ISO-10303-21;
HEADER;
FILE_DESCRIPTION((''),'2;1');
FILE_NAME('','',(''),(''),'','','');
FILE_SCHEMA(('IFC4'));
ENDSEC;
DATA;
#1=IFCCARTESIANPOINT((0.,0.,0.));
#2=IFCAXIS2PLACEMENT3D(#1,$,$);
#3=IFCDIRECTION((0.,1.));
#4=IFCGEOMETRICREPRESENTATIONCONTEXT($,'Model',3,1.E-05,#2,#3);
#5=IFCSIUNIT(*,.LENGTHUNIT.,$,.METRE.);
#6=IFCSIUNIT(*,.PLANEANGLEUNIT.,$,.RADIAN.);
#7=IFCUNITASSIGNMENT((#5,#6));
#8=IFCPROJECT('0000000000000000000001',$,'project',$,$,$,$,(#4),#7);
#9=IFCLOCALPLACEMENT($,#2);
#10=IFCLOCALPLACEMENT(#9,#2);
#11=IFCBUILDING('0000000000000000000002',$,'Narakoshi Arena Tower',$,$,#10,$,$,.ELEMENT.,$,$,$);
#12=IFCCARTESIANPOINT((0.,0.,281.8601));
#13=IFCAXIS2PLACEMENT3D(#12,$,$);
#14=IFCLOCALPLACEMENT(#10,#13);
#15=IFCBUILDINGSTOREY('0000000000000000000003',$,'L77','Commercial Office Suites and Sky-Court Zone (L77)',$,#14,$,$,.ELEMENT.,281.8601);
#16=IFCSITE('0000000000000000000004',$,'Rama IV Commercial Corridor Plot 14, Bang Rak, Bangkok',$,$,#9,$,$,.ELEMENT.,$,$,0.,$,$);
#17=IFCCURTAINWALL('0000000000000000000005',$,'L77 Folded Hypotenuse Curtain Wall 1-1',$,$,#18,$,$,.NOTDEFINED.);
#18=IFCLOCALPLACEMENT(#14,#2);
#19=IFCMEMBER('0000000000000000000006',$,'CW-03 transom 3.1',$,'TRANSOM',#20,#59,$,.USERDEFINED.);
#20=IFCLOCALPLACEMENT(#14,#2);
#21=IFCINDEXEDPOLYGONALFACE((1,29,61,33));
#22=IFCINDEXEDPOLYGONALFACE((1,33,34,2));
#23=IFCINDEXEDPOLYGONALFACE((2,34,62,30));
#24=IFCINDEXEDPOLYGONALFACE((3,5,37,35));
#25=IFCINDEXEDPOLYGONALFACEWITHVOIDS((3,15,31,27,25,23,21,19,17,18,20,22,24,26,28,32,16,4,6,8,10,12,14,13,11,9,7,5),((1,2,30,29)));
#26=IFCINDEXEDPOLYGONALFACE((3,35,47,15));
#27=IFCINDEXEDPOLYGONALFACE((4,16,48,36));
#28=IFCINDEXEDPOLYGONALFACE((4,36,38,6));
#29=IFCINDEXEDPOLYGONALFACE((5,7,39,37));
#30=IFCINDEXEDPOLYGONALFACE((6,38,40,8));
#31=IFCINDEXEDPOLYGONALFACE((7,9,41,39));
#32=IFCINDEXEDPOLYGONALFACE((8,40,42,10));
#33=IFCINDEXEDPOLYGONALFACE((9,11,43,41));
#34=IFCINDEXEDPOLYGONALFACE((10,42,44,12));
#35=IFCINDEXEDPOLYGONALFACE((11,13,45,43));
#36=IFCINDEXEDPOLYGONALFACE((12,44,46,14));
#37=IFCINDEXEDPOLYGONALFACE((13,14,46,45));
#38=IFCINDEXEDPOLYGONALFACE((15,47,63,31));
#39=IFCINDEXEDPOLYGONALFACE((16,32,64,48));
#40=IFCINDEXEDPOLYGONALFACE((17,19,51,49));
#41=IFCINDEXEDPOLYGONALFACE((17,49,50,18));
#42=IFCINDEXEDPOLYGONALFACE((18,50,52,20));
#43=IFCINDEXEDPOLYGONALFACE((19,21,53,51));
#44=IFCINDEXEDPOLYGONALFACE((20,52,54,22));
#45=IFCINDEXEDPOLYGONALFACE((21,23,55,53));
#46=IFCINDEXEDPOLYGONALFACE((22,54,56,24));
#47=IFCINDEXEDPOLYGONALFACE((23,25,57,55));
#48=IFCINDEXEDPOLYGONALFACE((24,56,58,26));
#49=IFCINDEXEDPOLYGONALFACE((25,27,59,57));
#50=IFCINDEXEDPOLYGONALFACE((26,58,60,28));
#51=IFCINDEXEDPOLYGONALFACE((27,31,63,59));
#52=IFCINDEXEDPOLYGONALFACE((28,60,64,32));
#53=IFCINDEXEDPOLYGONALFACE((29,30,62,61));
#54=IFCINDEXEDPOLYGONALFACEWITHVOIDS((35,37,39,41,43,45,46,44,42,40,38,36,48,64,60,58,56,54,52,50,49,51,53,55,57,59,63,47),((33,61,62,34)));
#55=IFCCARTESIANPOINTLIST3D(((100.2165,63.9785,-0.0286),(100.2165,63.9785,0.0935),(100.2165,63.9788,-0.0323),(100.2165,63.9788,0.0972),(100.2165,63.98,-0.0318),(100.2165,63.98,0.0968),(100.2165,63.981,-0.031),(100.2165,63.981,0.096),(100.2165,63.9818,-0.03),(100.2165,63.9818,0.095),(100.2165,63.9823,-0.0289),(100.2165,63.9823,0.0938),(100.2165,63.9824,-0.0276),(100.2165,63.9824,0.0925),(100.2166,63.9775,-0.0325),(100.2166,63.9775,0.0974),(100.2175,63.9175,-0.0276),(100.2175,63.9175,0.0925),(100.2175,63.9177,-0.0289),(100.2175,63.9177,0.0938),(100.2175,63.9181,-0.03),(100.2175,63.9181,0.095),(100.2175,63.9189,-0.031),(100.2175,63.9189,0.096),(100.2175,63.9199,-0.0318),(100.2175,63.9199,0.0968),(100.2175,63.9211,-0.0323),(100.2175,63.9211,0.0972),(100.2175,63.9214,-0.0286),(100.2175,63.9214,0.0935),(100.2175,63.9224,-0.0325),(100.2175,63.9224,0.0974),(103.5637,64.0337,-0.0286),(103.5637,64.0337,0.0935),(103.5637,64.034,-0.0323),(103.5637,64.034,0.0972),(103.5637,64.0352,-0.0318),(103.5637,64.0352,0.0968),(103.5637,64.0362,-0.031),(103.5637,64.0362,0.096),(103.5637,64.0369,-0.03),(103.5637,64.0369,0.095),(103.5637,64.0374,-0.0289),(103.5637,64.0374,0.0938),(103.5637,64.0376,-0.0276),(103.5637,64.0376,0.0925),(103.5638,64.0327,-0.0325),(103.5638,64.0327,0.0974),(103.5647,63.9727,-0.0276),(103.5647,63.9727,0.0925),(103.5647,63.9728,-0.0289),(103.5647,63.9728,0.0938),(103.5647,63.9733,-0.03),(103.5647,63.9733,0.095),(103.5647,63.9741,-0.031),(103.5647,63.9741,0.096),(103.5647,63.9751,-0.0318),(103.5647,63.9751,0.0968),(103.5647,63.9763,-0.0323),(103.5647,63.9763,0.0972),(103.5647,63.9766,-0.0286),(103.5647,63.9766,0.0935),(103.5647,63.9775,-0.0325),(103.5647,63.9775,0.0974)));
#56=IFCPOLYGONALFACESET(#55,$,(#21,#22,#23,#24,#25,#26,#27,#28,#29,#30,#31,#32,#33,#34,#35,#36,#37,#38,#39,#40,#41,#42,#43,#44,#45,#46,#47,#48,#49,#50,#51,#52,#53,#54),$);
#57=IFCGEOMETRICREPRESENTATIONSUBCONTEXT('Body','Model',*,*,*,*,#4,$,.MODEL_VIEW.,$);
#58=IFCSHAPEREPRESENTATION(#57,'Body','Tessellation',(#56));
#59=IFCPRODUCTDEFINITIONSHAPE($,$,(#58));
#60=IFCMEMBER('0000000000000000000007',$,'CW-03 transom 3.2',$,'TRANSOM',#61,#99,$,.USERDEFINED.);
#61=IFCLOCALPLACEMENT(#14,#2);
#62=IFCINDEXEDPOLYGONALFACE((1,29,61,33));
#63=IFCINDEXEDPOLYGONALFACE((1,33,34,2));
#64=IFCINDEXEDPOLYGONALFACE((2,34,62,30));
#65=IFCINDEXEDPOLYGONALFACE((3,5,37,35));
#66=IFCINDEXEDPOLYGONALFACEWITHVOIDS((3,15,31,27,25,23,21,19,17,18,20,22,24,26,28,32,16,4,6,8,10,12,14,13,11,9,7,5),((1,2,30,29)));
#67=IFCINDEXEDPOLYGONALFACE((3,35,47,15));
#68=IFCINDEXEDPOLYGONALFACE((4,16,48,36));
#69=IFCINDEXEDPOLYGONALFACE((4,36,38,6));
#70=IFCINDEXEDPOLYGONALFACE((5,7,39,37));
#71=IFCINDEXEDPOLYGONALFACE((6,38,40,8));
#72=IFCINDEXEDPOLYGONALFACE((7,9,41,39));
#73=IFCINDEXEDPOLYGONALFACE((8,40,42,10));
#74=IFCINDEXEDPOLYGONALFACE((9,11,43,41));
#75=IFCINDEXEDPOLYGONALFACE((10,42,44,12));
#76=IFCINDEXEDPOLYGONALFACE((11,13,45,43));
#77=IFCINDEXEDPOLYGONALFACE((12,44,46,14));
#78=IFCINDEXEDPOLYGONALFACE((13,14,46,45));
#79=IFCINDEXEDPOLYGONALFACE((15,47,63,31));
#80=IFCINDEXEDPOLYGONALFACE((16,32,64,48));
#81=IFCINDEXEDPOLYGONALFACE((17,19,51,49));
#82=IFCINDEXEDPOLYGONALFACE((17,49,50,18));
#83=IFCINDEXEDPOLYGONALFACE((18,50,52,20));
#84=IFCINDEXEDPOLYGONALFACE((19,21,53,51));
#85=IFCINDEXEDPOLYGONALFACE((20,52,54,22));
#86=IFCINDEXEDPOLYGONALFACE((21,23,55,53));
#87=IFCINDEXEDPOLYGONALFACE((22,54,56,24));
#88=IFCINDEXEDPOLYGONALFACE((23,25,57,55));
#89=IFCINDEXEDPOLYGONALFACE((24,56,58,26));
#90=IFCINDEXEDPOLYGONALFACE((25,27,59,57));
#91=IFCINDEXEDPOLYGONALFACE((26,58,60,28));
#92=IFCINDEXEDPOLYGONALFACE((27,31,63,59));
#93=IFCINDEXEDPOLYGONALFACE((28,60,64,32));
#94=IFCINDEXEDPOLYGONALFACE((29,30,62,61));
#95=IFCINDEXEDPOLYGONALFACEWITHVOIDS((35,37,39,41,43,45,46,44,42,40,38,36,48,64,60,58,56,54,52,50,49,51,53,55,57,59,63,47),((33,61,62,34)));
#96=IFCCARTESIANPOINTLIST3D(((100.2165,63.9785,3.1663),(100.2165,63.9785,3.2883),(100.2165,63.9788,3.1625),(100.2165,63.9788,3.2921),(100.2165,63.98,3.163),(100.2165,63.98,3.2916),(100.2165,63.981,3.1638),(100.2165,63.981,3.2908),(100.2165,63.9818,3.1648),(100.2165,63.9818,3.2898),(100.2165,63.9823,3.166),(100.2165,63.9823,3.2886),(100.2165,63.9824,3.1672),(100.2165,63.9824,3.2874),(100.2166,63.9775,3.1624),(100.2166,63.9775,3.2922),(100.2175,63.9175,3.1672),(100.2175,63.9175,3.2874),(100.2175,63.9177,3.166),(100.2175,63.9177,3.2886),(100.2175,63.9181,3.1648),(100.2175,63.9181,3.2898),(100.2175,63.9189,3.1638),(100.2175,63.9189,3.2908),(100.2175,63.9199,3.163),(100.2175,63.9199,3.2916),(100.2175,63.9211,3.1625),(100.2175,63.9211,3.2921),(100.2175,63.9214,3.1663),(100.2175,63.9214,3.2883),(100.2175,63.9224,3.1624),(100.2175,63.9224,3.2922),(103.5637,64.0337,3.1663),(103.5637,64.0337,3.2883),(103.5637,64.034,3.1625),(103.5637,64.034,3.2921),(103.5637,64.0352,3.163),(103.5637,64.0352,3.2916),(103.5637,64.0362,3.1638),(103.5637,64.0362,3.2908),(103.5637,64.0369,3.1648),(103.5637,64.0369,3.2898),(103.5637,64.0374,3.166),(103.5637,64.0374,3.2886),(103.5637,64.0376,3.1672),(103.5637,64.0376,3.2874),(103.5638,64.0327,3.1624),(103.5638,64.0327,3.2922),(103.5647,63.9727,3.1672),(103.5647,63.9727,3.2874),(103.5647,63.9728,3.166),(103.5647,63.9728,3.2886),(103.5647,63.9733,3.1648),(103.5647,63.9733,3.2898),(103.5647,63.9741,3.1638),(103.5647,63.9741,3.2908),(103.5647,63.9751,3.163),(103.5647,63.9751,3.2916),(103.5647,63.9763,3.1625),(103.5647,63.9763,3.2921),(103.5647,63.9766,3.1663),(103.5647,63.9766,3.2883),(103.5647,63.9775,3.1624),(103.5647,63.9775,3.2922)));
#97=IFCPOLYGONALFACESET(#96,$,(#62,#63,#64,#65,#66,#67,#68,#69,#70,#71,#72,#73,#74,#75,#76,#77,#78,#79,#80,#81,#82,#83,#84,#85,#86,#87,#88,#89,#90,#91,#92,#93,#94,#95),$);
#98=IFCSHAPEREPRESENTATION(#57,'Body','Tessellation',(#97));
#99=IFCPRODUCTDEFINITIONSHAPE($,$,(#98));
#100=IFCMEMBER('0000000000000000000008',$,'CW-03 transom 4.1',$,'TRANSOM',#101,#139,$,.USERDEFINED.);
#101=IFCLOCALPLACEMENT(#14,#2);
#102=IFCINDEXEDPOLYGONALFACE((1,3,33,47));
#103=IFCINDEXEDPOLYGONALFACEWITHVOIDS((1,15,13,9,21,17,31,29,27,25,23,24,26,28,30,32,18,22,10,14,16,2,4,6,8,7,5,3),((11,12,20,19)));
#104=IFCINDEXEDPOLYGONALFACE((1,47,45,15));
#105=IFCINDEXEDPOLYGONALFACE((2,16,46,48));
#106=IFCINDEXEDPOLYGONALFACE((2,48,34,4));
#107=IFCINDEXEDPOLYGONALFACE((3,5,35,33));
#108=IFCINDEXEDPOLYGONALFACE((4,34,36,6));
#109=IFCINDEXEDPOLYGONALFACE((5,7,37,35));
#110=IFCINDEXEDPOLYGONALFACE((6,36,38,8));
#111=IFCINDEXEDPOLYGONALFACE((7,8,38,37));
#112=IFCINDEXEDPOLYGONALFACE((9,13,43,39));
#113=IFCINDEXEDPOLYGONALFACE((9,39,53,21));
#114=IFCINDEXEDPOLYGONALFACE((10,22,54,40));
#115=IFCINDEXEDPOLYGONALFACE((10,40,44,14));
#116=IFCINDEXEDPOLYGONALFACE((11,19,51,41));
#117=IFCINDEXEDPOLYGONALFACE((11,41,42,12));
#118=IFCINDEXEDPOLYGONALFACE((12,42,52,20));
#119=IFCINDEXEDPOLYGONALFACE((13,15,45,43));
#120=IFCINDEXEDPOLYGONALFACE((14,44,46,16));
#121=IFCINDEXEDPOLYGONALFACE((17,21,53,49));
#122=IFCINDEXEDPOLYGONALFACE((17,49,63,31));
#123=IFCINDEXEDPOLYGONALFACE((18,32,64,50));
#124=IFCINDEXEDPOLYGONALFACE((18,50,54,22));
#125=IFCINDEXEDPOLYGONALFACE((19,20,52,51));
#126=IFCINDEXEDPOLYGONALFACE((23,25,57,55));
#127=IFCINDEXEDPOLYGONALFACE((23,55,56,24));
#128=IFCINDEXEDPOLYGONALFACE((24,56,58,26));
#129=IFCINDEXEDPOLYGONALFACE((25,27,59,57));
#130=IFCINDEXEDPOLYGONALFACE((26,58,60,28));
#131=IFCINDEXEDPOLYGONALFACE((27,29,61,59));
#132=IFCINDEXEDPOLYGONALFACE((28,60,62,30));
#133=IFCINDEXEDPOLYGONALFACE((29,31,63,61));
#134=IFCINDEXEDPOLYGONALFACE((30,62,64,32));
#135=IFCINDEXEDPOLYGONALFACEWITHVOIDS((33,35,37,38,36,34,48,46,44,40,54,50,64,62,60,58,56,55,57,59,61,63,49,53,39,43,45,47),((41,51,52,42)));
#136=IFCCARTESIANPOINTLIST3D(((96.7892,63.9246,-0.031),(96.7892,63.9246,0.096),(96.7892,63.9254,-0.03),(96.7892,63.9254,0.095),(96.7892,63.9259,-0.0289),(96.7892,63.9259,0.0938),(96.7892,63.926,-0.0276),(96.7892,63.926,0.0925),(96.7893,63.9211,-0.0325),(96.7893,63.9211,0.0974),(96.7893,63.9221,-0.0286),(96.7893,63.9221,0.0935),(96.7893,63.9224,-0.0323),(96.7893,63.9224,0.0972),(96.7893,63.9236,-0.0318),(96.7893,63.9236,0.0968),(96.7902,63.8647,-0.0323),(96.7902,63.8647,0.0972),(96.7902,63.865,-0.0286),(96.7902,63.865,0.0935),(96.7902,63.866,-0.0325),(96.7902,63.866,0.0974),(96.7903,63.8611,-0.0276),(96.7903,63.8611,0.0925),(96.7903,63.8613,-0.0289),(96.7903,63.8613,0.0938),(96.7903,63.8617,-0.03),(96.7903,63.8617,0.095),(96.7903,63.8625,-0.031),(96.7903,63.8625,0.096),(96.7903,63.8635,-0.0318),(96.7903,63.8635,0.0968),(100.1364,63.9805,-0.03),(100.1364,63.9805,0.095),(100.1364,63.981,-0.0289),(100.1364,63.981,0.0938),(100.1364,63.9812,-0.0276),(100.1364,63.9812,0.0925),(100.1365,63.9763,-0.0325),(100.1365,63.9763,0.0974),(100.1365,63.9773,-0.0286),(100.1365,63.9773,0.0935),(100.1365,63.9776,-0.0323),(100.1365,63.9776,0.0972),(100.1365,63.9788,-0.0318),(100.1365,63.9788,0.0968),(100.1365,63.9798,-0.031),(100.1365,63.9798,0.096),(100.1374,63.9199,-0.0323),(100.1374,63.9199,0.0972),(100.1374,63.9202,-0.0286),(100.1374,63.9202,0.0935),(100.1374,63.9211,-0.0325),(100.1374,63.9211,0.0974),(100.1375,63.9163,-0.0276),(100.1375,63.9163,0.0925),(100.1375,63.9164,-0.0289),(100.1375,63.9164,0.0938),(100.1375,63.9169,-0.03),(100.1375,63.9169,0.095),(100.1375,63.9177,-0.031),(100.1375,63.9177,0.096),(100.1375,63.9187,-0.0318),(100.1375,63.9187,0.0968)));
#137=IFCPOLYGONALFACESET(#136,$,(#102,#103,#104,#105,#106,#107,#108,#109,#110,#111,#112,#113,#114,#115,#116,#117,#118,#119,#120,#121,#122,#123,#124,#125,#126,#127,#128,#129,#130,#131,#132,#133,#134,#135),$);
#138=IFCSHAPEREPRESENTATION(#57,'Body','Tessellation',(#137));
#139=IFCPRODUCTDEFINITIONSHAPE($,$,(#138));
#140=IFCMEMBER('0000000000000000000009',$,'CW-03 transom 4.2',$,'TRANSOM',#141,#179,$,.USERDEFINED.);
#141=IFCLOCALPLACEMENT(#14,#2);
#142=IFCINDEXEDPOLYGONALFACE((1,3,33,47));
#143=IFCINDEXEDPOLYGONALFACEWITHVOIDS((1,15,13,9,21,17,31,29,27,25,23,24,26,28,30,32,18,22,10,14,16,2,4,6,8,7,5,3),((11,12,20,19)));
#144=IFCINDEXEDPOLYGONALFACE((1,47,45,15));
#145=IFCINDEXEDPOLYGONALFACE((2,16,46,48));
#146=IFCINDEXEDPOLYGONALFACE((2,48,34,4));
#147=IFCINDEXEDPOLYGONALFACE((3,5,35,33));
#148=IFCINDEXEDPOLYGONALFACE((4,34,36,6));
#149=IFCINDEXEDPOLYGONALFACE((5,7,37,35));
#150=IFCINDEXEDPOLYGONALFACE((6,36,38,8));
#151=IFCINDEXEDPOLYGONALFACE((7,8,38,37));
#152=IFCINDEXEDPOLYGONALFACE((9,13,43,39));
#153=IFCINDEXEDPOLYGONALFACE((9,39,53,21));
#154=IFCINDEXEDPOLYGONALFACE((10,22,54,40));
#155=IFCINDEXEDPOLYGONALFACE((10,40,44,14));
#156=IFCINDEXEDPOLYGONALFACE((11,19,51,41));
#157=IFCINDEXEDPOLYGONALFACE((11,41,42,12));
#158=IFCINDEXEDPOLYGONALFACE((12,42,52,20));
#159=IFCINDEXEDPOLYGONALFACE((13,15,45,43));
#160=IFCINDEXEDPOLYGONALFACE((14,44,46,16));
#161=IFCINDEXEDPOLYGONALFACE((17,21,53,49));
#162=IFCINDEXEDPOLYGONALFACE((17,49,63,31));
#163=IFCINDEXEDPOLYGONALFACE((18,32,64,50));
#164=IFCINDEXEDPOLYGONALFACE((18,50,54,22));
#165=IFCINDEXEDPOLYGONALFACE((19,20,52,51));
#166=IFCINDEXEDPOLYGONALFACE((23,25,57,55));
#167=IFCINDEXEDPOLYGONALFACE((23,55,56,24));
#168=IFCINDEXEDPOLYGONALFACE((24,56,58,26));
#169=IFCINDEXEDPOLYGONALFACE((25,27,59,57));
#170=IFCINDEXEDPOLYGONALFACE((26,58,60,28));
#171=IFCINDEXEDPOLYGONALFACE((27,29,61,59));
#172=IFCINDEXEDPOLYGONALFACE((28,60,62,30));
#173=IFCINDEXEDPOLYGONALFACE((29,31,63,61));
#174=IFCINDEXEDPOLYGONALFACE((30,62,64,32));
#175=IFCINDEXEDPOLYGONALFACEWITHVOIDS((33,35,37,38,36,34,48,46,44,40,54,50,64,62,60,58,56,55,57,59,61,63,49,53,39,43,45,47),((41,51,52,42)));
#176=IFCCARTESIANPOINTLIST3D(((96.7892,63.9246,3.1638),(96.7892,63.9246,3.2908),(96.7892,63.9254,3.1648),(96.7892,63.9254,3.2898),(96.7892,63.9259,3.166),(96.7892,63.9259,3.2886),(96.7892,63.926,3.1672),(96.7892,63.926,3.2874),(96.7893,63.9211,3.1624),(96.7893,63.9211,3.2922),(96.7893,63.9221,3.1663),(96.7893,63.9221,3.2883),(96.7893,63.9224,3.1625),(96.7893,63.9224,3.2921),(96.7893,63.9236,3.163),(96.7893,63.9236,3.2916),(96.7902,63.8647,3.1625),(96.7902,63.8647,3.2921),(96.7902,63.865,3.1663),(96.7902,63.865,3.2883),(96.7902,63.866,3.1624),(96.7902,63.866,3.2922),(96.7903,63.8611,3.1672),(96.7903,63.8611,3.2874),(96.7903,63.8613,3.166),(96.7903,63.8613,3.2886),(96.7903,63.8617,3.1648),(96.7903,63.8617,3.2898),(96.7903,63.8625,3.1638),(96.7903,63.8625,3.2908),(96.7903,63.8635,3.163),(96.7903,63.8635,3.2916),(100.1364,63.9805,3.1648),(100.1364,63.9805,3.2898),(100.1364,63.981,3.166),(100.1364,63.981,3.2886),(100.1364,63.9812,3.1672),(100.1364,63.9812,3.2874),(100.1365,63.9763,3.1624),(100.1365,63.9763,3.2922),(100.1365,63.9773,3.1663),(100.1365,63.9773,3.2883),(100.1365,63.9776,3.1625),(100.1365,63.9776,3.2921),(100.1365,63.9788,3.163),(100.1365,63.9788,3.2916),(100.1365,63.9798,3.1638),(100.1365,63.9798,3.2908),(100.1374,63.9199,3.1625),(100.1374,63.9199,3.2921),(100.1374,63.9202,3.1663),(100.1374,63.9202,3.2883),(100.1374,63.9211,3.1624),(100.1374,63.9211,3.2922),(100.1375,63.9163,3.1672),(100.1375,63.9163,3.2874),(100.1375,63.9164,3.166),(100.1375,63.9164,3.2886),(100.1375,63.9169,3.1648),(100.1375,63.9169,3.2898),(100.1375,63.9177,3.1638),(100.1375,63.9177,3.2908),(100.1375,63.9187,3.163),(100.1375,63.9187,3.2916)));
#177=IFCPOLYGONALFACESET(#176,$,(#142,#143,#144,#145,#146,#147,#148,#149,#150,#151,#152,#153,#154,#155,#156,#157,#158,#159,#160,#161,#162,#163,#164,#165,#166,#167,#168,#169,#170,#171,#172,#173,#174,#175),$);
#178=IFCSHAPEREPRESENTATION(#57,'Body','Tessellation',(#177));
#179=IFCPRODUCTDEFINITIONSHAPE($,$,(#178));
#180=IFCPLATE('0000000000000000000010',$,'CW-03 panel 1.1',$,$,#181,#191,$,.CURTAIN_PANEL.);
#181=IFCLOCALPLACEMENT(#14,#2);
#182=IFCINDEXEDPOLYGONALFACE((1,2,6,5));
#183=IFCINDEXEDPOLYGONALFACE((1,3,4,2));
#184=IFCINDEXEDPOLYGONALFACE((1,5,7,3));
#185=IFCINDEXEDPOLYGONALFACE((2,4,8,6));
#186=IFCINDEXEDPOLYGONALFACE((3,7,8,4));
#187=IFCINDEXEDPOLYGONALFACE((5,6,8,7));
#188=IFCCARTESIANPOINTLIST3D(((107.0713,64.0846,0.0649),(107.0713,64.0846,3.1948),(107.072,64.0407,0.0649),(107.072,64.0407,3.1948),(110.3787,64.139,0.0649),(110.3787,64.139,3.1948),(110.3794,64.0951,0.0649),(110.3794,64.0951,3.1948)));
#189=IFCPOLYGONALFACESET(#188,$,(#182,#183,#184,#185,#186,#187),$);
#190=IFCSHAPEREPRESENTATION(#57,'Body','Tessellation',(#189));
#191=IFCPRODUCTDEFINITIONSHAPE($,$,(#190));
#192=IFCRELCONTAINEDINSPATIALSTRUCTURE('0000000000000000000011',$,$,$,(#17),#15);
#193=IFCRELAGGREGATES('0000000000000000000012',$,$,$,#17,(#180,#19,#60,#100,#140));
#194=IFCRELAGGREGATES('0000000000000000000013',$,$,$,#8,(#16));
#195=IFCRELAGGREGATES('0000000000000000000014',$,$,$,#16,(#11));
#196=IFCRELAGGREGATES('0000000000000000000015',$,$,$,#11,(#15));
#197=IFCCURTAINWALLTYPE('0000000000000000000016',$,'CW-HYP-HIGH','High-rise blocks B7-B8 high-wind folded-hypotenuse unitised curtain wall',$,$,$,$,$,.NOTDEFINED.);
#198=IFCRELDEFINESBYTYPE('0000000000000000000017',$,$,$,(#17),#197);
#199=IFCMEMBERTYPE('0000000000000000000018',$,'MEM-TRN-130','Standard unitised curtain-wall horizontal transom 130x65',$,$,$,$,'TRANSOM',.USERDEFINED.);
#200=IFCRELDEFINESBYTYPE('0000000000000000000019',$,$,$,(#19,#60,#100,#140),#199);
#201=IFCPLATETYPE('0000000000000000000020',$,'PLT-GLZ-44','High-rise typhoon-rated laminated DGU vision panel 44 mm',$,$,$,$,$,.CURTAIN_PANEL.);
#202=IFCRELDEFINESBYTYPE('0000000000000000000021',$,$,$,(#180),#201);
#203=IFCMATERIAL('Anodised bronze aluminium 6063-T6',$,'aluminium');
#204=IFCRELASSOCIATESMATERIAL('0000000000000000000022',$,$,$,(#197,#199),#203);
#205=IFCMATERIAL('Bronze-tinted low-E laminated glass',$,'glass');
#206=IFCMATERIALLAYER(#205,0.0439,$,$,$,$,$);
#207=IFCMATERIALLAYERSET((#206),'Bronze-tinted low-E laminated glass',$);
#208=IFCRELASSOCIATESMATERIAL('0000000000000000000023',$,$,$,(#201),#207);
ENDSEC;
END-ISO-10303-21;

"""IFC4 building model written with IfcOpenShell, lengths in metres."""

from ifc_helpers import new_model, si_unit, direction, frame, origin, origin_2d, place, context, subcontext, project, spatial, rectangle, hollow_rectangle, extrude, material, layer, layer_set, material_profile, profile_set, type_object, element, aggregate, save


model = new_model("IFC4")

# Units and contexts
model_context = context("Model", 3, precision=1e-05, world=origin(), true_north=direction((0.0, 1.0)))
body_context = subcontext(model_context, "Body", "Model", "MODEL_VIEW")
ifc_project = project(units=[si_unit("LENGTHUNIT", "METRE"), si_unit("PLANEANGLEUNIT", "RADIAN")], contexts=[model_context])

# Site, building, storey
site_placement = place(None, origin())
site = spatial("IfcSite", under=ifc_project, at=site_placement, Name="Rama IV Commercial Corridor Plot 14, Bang Rak, Bangkok", CompositionType="ELEMENT", RefElevation=0.0)
building_placement = place(site_placement, origin())
building = spatial("IfcBuilding", under=site, at=building_placement, Name="Narakoshi Arena Tower", CompositionType="ELEMENT")
storey_placement = place(building_placement, frame((0.0, 0.0, 281.8601)))
storey = spatial("IfcBuildingStorey", under=building, at=storey_placement, Name="L77", Description="Commercial Office Suites and Sky-Court Zone (L77)", CompositionType="ELEMENT", Elevation=281.8601)

# Curtain wall, members, plate
ifc_material_1 = material(Name="Anodised bronze aluminium 6063-T6", Category="aluminium")
curtain_wall_type = type_object("IfcCurtainWallType", Name="CW-HYP-HIGH", Description="High-rise blocks B7-B8 high-wind folded-hypotenuse unitised curtain wall", PredefinedType="NOTDEFINED", material=ifc_material_1)
curtain_wall_placement = place(storey_placement, origin())
curtain_wall = element("IfcCurtainWall", 1, at=curtain_wall_placement, inside=storey, type_object=curtain_wall_type, Name="L77 Folded Hypotenuse Curtain Wall 1-1", PredefinedType="NOTDEFINED")
ifc_material_profile_1 = material_profile(ifc_material_1, hollow_rectangle(XDim=0.0649, YDim=0.1299, WallThickness=0.0039, OuterFilletRadius=0.0049, at=origin_2d()), Name="TRN130x65x4")
ifc_profile_set_1 = profile_set([ifc_material_profile_1], Name="Anodised bronze aluminium 6063-T6")
member_type_1 = type_object("IfcMemberType", Name="MEM-TRN-130", Description="Standard unitised curtain-wall horizontal transom 130x65", ElementType="TRANSOM", PredefinedType="USERDEFINED", material=ifc_profile_set_1)
member_1_placement = place(storey_placement, frame((103.5642, 64.0051, 0.0325), z_axis=(-0.999864, -0.016482, 0.0), x_axis=(0.016482, -0.999864, 0.0)))
member_1 = element("IfcMember", 2, at=member_1_placement, type_object=member_type_1, Name="CW-03 transom 3.1", ObjectType="TRANSOM", PredefinedType="USERDEFINED", context=body_context, shape_type="SweptSolid", body=[
    extrude(hollow_rectangle(XDim=0.0649, YDim=0.1299, WallThickness=0.0039, OuterFilletRadius=0.0049, at=origin_2d()), origin(), (0.0, 0.0, 1.0), 3.3477),
])
member_2_placement = place(storey_placement, frame((103.5642, 64.0051, 3.2273), z_axis=(-0.999864, -0.016482, 0.0), x_axis=(0.016482, -0.999864, 0.0)))
member_2 = element("IfcMember", 3, at=member_2_placement, type_object=member_type_1, Name="CW-03 transom 3.2", ObjectType="TRANSOM", PredefinedType="USERDEFINED", context=body_context, shape_type="SweptSolid", body=[
    extrude(hollow_rectangle(XDim=0.0649, YDim=0.1299, WallThickness=0.0039, OuterFilletRadius=0.0049, at=origin_2d()), origin(), (0.0, 0.0, 1.0), 3.3477),
])
member_3_placement = place(storey_placement, frame((100.137, 63.9487, 0.0325), z_axis=(-0.999864, -0.016482, 0.0), x_axis=(0.016482, -0.999864, 0.0)))
member_3 = element("IfcMember", 4, at=member_3_placement, type_object=member_type_1, Name="CW-03 transom 4.1", ObjectType="TRANSOM", PredefinedType="USERDEFINED", context=body_context, shape_type="SweptSolid", body=[
    extrude(hollow_rectangle(XDim=0.0649, YDim=0.1299, WallThickness=0.0039, OuterFilletRadius=0.0049, at=origin_2d()), origin(), (0.0, 0.0, 1.0), 3.3477),
])
member_4_placement = place(storey_placement, frame((100.137, 63.9487, 3.2273), z_axis=(-0.999864, -0.016482, 0.0), x_axis=(0.016482, -0.999864, 0.0)))
member_4 = element("IfcMember", 5, at=member_4_placement, type_object=member_type_1, Name="CW-03 transom 4.2", ObjectType="TRANSOM", PredefinedType="USERDEFINED", context=body_context, shape_type="SweptSolid", body=[
    extrude(hollow_rectangle(XDim=0.0649, YDim=0.1299, WallThickness=0.0039, OuterFilletRadius=0.0049, at=origin_2d()), origin(), (0.0, 0.0, 1.0), 3.3477),
])
ifc_material_2 = material(Name="Bronze-tinted low-E laminated glass", Category="glass")
ifc_layer_1 = layer(ifc_material_2, 0.0439)
ifc_layer_set_1 = layer_set([ifc_layer_1], Name="Bronze-tinted low-E laminated glass")
plate_type = type_object("IfcPlateType", Name="PLT-GLZ-44", Description="High-rise typhoon-rated laminated DGU vision panel 44 mm", PredefinedType="CURTAIN_PANEL", material=ifc_layer_set_1)
plate_1_placement = place(storey_placement, frame((108.7253, 64.0898, 0.0649), z_axis=(0.0, 0.0, 1.0), x_axis=(-0.999865, -0.016443, 0.0)))
plate_1 = element("IfcPlate", 6, at=plate_1_placement, type_object=plate_type, Name="CW-03 panel 1.1", PredefinedType="CURTAIN_PANEL", context=body_context, shape_type="SweptSolid", body=[
    extrude(rectangle(XDim=3.3079, YDim=0.0439, at=origin_2d()), origin(), (0.0, 0.0, 1.0), 3.1299),
])
aggregate(curtain_wall, [plate_1, member_1, member_2, member_3, member_4])

save(model, "model.ifc")
